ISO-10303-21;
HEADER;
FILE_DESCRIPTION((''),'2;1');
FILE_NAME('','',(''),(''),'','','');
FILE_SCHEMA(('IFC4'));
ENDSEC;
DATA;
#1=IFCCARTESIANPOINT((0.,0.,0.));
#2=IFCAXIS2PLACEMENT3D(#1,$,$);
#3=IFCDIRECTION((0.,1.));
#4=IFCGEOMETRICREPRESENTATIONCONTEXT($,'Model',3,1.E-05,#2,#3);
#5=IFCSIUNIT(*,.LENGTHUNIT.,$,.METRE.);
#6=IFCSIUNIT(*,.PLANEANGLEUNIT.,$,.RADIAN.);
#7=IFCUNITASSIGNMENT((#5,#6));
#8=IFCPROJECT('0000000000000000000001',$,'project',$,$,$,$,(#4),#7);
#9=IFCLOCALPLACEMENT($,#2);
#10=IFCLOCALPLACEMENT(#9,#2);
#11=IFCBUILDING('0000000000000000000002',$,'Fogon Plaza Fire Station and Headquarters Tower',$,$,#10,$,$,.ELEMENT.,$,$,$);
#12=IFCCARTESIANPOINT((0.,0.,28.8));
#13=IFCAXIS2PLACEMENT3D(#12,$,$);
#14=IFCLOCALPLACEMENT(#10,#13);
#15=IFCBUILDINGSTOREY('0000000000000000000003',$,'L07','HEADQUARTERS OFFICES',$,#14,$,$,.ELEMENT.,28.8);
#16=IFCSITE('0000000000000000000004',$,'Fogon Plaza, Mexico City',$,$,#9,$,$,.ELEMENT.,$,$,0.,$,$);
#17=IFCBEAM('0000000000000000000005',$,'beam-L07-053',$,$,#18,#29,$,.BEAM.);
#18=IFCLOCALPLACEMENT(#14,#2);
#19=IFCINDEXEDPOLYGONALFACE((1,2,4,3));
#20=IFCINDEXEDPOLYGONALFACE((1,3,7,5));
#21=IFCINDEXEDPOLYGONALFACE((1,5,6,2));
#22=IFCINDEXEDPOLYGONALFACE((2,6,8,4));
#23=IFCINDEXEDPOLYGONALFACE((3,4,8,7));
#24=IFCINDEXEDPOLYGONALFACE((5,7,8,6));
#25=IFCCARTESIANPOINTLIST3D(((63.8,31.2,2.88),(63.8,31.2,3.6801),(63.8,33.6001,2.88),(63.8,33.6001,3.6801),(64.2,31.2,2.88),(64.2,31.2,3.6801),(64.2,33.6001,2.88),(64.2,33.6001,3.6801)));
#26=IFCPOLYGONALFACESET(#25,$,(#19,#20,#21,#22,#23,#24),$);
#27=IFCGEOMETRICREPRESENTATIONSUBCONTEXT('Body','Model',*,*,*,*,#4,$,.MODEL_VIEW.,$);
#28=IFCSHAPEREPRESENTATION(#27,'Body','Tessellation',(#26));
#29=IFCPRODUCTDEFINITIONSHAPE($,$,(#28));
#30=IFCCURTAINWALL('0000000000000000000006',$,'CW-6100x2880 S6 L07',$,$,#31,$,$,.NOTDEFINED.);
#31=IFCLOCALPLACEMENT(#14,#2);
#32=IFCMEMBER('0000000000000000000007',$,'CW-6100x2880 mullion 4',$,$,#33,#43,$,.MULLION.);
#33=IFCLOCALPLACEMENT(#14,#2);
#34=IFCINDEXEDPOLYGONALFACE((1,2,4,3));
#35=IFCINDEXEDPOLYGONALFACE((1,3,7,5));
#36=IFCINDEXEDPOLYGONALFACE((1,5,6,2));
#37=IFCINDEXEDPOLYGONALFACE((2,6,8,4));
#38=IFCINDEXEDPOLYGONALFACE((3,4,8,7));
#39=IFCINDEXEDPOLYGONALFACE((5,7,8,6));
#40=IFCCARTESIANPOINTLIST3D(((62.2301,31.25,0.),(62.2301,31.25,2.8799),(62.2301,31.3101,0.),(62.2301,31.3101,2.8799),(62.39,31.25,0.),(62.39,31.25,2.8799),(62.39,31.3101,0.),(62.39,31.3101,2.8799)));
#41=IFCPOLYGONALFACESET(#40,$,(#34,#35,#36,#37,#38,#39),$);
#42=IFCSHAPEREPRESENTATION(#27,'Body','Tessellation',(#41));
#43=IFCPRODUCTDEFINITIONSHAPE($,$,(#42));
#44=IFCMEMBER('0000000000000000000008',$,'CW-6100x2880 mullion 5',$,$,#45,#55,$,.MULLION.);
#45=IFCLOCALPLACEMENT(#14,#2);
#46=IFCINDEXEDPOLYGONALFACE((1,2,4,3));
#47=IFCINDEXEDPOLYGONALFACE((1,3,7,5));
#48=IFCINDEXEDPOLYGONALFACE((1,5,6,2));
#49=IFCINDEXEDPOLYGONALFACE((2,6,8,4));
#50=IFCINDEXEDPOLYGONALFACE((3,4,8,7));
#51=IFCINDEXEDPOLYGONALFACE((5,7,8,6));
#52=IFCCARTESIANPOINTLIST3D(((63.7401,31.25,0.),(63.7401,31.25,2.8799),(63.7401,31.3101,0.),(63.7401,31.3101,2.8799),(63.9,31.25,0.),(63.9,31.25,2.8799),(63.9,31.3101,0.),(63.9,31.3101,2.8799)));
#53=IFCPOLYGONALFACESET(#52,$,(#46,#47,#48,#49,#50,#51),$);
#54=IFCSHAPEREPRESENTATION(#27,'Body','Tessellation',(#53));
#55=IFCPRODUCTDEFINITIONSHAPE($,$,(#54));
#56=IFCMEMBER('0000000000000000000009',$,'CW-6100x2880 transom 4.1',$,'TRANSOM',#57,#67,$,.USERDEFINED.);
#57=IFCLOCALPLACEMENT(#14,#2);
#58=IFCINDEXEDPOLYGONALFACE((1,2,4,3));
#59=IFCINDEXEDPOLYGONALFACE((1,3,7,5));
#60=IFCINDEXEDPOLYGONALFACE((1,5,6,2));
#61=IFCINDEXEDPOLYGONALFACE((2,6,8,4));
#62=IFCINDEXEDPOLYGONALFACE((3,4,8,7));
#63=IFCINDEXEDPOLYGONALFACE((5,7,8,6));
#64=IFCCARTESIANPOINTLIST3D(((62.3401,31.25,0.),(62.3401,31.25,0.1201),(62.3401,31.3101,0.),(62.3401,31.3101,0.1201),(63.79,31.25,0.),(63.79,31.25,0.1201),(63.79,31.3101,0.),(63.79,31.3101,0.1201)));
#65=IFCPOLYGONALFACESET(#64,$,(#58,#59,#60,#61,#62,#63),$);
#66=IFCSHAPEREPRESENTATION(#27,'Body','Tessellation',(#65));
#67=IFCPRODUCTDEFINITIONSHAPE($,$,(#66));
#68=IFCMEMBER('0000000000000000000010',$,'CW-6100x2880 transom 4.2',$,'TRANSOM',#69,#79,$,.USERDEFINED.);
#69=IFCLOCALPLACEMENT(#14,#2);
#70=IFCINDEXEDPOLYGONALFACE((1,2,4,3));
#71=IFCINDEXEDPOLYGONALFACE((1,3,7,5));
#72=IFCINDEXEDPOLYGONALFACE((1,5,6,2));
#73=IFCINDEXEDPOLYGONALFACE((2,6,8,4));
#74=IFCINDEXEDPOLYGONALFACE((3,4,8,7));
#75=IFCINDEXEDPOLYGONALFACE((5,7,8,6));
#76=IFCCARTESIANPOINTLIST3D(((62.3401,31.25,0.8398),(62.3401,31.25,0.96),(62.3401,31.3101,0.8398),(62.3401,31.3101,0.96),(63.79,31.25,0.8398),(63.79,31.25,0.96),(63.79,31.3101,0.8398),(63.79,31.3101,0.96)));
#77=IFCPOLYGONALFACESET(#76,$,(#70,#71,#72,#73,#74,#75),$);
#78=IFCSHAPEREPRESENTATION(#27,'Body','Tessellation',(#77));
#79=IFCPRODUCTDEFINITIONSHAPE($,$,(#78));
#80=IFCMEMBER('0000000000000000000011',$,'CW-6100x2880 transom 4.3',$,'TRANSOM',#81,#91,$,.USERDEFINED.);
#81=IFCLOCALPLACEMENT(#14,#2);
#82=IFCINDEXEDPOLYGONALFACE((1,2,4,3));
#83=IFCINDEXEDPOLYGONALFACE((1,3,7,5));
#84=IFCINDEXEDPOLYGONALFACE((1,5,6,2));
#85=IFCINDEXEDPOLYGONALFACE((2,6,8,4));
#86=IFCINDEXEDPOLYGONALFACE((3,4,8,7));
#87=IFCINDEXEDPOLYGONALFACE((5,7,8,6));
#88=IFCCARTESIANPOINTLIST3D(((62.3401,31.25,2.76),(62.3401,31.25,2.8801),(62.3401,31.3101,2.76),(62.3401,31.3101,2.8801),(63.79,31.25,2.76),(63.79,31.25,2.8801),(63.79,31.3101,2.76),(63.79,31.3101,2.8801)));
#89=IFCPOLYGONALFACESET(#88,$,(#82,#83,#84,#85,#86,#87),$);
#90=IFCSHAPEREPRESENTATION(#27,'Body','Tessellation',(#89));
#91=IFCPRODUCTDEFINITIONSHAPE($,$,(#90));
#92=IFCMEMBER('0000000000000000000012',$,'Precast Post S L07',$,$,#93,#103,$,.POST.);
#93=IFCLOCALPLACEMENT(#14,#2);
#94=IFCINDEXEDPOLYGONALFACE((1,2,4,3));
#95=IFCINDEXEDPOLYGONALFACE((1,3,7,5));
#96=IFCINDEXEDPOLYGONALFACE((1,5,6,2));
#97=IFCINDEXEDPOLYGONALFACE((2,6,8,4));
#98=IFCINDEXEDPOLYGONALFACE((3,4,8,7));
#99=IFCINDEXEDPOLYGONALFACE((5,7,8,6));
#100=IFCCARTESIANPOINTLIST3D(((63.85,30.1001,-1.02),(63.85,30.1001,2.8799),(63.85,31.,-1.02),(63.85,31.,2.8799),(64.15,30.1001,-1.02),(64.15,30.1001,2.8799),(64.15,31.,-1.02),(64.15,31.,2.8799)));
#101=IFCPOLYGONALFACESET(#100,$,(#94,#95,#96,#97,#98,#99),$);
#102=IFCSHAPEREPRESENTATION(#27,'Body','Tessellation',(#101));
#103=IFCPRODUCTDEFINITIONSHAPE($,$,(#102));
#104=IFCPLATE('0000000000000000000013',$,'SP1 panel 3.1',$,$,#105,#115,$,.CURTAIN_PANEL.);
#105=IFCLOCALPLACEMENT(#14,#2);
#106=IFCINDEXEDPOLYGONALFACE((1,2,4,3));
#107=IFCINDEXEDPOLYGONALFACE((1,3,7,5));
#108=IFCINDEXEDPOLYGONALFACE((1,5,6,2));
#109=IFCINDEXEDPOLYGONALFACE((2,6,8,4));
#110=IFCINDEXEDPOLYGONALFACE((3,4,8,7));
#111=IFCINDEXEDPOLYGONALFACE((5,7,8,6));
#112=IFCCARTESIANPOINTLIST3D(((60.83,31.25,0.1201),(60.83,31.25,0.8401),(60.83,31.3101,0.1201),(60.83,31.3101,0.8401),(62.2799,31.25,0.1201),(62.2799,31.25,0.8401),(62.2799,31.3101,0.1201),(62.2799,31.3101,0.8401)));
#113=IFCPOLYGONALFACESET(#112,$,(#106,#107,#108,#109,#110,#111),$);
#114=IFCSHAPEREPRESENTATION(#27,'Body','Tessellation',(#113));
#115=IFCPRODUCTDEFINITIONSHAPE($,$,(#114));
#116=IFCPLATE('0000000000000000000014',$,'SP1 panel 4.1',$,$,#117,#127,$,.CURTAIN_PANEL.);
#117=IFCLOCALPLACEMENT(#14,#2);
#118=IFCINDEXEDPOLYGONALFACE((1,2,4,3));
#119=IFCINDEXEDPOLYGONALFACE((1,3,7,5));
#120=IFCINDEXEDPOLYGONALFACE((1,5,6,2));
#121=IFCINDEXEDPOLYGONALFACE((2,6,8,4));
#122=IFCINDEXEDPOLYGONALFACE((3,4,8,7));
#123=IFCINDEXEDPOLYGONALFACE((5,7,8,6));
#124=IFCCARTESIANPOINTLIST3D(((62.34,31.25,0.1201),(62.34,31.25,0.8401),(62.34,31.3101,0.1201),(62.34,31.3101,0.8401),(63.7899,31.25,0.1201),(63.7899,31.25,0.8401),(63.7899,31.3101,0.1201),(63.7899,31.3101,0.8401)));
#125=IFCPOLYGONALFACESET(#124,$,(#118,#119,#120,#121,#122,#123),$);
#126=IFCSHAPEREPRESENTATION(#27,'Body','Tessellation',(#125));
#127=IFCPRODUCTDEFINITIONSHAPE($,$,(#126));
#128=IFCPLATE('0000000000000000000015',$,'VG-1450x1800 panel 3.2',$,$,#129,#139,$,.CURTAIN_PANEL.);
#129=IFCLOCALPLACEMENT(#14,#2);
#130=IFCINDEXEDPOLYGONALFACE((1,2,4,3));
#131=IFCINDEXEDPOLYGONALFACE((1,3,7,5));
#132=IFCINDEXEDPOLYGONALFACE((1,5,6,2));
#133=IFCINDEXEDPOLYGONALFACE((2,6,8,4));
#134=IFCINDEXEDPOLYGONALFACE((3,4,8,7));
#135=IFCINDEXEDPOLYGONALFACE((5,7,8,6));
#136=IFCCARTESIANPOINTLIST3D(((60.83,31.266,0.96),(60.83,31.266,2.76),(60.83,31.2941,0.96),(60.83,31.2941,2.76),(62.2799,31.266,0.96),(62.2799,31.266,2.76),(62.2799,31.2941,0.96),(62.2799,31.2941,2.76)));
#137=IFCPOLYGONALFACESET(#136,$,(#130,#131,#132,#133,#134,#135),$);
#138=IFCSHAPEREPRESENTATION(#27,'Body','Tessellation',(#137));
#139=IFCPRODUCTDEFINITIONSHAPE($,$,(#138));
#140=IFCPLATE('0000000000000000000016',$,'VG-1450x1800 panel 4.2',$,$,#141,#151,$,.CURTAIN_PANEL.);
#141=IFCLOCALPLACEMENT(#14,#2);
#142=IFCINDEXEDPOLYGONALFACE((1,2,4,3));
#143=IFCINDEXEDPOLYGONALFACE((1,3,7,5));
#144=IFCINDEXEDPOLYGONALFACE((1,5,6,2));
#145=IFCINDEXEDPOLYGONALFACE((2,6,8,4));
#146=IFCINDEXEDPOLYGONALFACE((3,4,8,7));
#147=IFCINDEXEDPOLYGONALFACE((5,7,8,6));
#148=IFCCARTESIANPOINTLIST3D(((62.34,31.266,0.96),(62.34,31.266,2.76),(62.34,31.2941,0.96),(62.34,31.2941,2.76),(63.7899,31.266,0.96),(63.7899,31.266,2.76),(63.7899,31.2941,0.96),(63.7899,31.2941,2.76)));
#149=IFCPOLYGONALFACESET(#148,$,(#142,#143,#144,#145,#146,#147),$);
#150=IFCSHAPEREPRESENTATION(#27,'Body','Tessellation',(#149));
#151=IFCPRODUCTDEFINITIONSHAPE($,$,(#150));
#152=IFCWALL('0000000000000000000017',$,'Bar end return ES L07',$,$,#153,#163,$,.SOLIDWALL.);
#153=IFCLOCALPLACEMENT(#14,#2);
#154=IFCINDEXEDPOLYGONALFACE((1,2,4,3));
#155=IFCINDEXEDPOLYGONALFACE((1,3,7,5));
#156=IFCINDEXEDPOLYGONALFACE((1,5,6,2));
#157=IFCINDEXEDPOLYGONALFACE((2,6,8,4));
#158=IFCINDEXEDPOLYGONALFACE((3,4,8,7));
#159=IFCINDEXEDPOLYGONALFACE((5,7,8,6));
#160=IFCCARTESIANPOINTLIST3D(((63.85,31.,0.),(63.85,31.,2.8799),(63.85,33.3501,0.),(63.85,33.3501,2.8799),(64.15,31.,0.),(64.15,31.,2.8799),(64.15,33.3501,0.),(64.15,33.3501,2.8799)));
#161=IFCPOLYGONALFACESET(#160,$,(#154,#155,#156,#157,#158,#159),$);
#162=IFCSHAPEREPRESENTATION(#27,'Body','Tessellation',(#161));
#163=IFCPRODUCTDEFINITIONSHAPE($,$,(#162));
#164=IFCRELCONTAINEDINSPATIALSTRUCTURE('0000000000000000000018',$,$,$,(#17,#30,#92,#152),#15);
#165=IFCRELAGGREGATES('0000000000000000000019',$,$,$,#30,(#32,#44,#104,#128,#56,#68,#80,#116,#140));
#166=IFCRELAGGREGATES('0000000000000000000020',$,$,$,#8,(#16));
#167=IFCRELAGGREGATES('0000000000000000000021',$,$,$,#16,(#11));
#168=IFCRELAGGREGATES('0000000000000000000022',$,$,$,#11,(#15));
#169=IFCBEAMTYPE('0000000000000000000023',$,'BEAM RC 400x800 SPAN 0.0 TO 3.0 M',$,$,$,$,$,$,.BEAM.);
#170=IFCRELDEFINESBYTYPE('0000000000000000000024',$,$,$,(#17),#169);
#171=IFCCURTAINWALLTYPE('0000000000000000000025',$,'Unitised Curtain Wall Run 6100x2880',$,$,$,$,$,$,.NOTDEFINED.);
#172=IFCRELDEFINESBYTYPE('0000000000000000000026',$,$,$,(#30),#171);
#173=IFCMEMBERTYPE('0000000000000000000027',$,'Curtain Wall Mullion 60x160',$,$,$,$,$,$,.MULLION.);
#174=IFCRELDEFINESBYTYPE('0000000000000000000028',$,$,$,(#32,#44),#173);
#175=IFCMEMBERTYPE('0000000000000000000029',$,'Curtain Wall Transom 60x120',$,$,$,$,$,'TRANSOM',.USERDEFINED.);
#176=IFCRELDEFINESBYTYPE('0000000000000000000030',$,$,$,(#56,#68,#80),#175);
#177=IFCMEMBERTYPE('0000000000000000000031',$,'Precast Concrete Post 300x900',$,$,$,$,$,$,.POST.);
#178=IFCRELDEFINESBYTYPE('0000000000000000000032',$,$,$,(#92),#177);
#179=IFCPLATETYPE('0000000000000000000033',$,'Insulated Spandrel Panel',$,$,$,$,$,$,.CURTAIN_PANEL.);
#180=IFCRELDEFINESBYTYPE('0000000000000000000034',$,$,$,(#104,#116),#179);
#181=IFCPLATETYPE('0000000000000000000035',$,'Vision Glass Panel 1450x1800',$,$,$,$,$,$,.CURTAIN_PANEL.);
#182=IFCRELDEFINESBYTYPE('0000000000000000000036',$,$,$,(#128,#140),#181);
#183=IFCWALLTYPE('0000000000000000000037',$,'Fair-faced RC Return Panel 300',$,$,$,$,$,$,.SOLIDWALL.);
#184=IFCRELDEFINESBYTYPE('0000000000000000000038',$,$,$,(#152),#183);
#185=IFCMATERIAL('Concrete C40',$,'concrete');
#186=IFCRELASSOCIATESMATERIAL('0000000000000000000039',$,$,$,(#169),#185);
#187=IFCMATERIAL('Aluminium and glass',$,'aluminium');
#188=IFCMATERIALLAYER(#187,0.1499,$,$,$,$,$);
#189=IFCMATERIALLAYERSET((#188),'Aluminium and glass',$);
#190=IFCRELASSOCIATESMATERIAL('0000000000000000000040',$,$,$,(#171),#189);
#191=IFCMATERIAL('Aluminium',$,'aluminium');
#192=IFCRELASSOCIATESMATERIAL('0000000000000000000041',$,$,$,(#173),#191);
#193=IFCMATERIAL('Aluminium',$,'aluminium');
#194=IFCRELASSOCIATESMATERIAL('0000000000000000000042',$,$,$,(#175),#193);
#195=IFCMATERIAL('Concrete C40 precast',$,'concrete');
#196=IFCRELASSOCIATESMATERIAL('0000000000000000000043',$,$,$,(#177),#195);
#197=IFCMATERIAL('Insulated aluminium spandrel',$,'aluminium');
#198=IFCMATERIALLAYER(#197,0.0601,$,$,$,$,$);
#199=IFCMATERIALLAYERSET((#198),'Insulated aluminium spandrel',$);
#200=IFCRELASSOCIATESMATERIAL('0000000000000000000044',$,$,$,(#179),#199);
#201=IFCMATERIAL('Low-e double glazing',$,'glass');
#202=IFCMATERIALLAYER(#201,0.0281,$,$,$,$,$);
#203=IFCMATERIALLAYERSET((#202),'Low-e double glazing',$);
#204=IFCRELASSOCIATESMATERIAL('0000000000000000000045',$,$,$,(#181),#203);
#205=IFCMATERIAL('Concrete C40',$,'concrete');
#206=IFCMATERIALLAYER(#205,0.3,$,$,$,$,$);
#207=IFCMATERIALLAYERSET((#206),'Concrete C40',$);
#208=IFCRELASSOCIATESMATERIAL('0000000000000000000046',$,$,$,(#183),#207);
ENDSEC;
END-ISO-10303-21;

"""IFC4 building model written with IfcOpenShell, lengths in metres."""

from ifc_helpers import new_model, si_unit, direction, frame, frame_2d, origin, origin_2d, place, context, subcontext, project, spatial, rectangle, extrude, material, layer, layer_set, material_profile, profile_set, type_object, element, aggregate, save


model = new_model("IFC4")

# Units and contexts
model_context = context("Model", 3, precision=1e-05, world=origin(), true_north=direction((0.0, 1.0)))
body_context = subcontext(model_context, "Body", "Model", "MODEL_VIEW")
ifc_project = project(units=[si_unit("LENGTHUNIT", "METRE"), si_unit("PLANEANGLEUNIT", "RADIAN")], contexts=[model_context])

# Site, building, storey
site_placement = place(None, origin())
site = spatial("IfcSite", under=ifc_project, at=site_placement, Name="Fogon Plaza, Mexico City", CompositionType="ELEMENT", RefElevation=0.0)
building_placement = place(site_placement, origin())
building = spatial("IfcBuilding", under=site, at=building_placement, Name="Fogon Plaza Fire Station and Headquarters Tower", CompositionType="ELEMENT")
storey_placement = place(building_placement, frame((0.0, 0.0, 28.8)))
storey = spatial("IfcBuildingStorey", under=building, at=storey_placement, Name="L07", Description="HEADQUARTERS OFFICES", CompositionType="ELEMENT", Elevation=28.8)

# Beam
ifc_material_1 = material(Name="Concrete C40", Category="concrete")
ifc_material_profile_1 = material_profile(ifc_material_1, rectangle(XDim=0.3999, YDim=0.8, at=origin_2d()), Name="RC 400x800")
ifc_profile_set_1 = profile_set([ifc_material_profile_1], Name="Concrete C40")
beam_type = type_object("IfcBeamType", Name="BEAM RC 400x800 SPAN 0.0 TO 3.0 M", PredefinedType="BEAM", material=ifc_profile_set_1)
beam_placement = place(storey_placement, frame((64.0, 31.2, 3.28), z_axis=(0.0, 1.0, 0.0), x_axis=(-1.0, 0.0, 0.0)))
element("IfcBeam", 1, at=beam_placement, inside=storey, type_object=beam_type, Name="beam-L07-053", PredefinedType="BEAM", context=body_context, shape_type="SweptSolid", body=[
    extrude(rectangle(XDim=0.3999, YDim=0.8, at=origin_2d()), origin(), (0.0, 0.0, 1.0), 2.4001),
])

# Curtain wall, members
ifc_material_2 = material(Name="Aluminium and glass", Category="aluminium")
ifc_layer_1 = layer(ifc_material_2, 0.1499)
ifc_layer_set_1 = layer_set([ifc_layer_1], Name="Aluminium and glass")
curtain_wall_type = type_object("IfcCurtainWallType", Name="Unitised Curtain Wall Run 6100x2880", PredefinedType="NOTDEFINED", material=ifc_layer_set_1)
curtain_wall_placement = place(storey_placement, origin())
curtain_wall = element("IfcCurtainWall", 2, at=curtain_wall_placement, inside=storey, type_object=curtain_wall_type, Name="CW-6100x2880 S6 L07", PredefinedType="NOTDEFINED")
ifc_material_3 = material(Name="Aluminium", Category="aluminium")
ifc_material_profile_2 = material_profile(ifc_material_3, rectangle(XDim=0.0601, YDim=0.1599, at=origin_2d()), Name="Curtain Wall Mullion 60x160")
ifc_profile_set_2 = profile_set([ifc_material_profile_2], Name="Aluminium")
member_type_1 = type_object("IfcMemberType", Name="Curtain Wall Mullion 60x160", PredefinedType="MULLION", material=ifc_profile_set_2)
member_1_placement = place(storey_placement, frame((62.3101, 31.28, 0.0), z_axis=(0.0, 0.0, 1.0), x_axis=(0.0, 1.0, 0.0)))
member_1 = element("IfcMember", 3, at=member_1_placement, type_object=member_type_1, Name="CW-6100x2880 mullion 4", PredefinedType="MULLION", context=body_context, shape_type="SweptSolid", body=[
    extrude(rectangle(XDim=0.0601, YDim=0.1599, at=origin_2d()), origin(), (0.0, 0.0, 1.0), 2.8799),
])
member_2_placement = place(storey_placement, frame((63.8201, 31.28, 0.0), z_axis=(0.0, 0.0, 1.0), x_axis=(0.0, 1.0, 0.0)))
member_2 = element("IfcMember", 4, at=member_2_placement, type_object=member_type_1, Name="CW-6100x2880 mullion 5", PredefinedType="MULLION", context=body_context, shape_type="SweptSolid", body=[
    extrude(rectangle(XDim=0.0601, YDim=0.1599, at=origin_2d()), origin(), (0.0, 0.0, 1.0), 2.8799),
])
ifc_material_4 = material(Name="Aluminium", Category="aluminium")
ifc_material_profile_3 = material_profile(ifc_material_4, rectangle(XDim=0.0601, YDim=0.1201, at=origin_2d()), Name="Curtain Wall Transom 60x120")
ifc_profile_set_3 = profile_set([ifc_material_profile_3], Name="Aluminium")
member_type_2 = type_object("IfcMemberType", Name="Curtain Wall Transom 60x120", ElementType="TRANSOM", PredefinedType="USERDEFINED", material=ifc_profile_set_3)
member_3_placement = place(storey_placement, frame((62.3401, 31.28, 0.0601), z_axis=(1.0, 0.0, 0.0), x_axis=(0.0, 1.0, 0.0)))
member_3 = element("IfcMember", 5, at=member_3_placement, type_object=member_type_2, Name="CW-6100x2880 transom 4.1", ObjectType="TRANSOM", PredefinedType="USERDEFINED", context=body_context, shape_type="SweptSolid", body=[
    extrude(rectangle(XDim=0.0601, YDim=0.1201, at=origin_2d()), origin(), (0.0, 0.0, 1.0), 1.45),
])
member_4_placement = place(storey_placement, frame((62.3401, 31.28, 0.8999), z_axis=(1.0, 0.0, 0.0), x_axis=(0.0, 1.0, 0.0)))
member_4 = element("IfcMember", 6, at=member_4_placement, type_object=member_type_2, Name="CW-6100x2880 transom 4.2", ObjectType="TRANSOM", PredefinedType="USERDEFINED", context=body_context, shape_type="SweptSolid", body=[
    extrude(rectangle(XDim=0.0601, YDim=0.1201, at=origin_2d()), origin(), (0.0, 0.0, 1.0), 1.45),
])
member_5_placement = place(storey_placement, frame((62.3401, 31.28, 2.8201), z_axis=(1.0, 0.0, 0.0), x_axis=(0.0, 1.0, 0.0)))
member_5 = element("IfcMember", 7, at=member_5_placement, type_object=member_type_2, Name="CW-6100x2880 transom 4.3", ObjectType="TRANSOM", PredefinedType="USERDEFINED", context=body_context, shape_type="SweptSolid", body=[
    extrude(rectangle(XDim=0.0601, YDim=0.1201, at=origin_2d()), origin(), (0.0, 0.0, 1.0), 1.45),
])

# Member
ifc_material_5 = material(Name="Concrete C40 precast", Category="concrete")
ifc_material_profile_4 = material_profile(ifc_material_5, rectangle(XDim=0.3, YDim=0.8999, at=origin_2d()), Name="Precast Concrete Post 300x900")
ifc_profile_set_4 = profile_set([ifc_material_profile_4], Name="Concrete C40 precast")
member_type_3 = type_object("IfcMemberType", Name="Precast Concrete Post 300x900", PredefinedType="POST", material=ifc_profile_set_4)
member_6_placement = place(storey_placement, frame((64.0, 30.55, -1.02), z_axis=(0.0, 0.0, 1.0), x_axis=(1.0, 0.0, 0.0)))
element("IfcMember", 8, at=member_6_placement, inside=storey, type_object=member_type_3, Name="Precast Post S L07", PredefinedType="POST", context=body_context, shape_type="SweptSolid", body=[
    extrude(rectangle(XDim=0.3, YDim=0.8999, at=origin_2d()), origin(), (0.0, 0.0, 1.0), 3.8999),
])

# Plates
ifc_material_6 = material(Name="Insulated aluminium spandrel", Category="aluminium")
ifc_layer_2 = layer(ifc_material_6, 0.0601)
ifc_layer_set_2 = layer_set([ifc_layer_2], Name="Insulated aluminium spandrel")
plate_type_1 = type_object("IfcPlateType", Name="Insulated Spandrel Panel", PredefinedType="CURTAIN_PANEL", material=ifc_layer_set_2)
plate_1_placement = place(storey_placement, frame((61.5549, 31.28, 0.1201), z_axis=(0.0, 0.0, 1.0), x_axis=(1.0, 0.0, 0.0)))
plate_1 = element("IfcPlate", 9, at=plate_1_placement, type_object=plate_type_1, Name="SP1 panel 3.1", PredefinedType="CURTAIN_PANEL", context=body_context, shape_type="SweptSolid", body=[
    extrude(rectangle(XDim=1.45, YDim=0.0601, at=origin_2d()), origin(), (0.0, 0.0, 1.0), 0.72),
])
plate_2_placement = place(storey_placement, frame((63.0649, 31.28, 0.1201), z_axis=(0.0, 0.0, 1.0), x_axis=(1.0, 0.0, 0.0)))
plate_2 = element("IfcPlate", 10, at=plate_2_placement, type_object=plate_type_1, Name="SP1 panel 4.1", PredefinedType="CURTAIN_PANEL", context=body_context, shape_type="SweptSolid", body=[
    extrude(rectangle(XDim=1.45, YDim=0.0601, at=origin_2d()), origin(), (0.0, 0.0, 1.0), 0.72),
])
ifc_material_7 = material(Name="Low-e double glazing", Category="glass")
ifc_layer_3 = layer(ifc_material_7, 0.0281)
ifc_layer_set_3 = layer_set([ifc_layer_3], Name="Low-e double glazing")
plate_type_2 = type_object("IfcPlateType", Name="Vision Glass Panel 1450x1800", PredefinedType="CURTAIN_PANEL", material=ifc_layer_set_3)
plate_3_placement = place(storey_placement, frame((61.5549, 31.28, 0.96), z_axis=(0.0, 0.0, 1.0), x_axis=(1.0, 0.0, 0.0)))
plate_3 = element("IfcPlate", 11, at=plate_3_placement, type_object=plate_type_2, Name="VG-1450x1800 panel 3.2", PredefinedType="CURTAIN_PANEL", context=body_context, shape_type="SweptSolid", body=[
    extrude(rectangle(XDim=1.45, YDim=0.0281, at=origin_2d()), origin(), (0.0, 0.0, 1.0), 1.8),
])
plate_4_placement = place(storey_placement, frame((63.0649, 31.28, 0.96), z_axis=(0.0, 0.0, 1.0), x_axis=(1.0, 0.0, 0.0)))
plate_4 = element("IfcPlate", 12, at=plate_4_placement, type_object=plate_type_2, Name="VG-1450x1800 panel 4.2", PredefinedType="CURTAIN_PANEL", context=body_context, shape_type="SweptSolid", body=[
    extrude(rectangle(XDim=1.45, YDim=0.0281, at=origin_2d()), origin(), (0.0, 0.0, 1.0), 1.8),
])
aggregate(curtain_wall, [member_1, member_2, plate_1, plate_3, member_3, member_4, member_5, plate_2, plate_4])

# Wall
ifc_material_8 = material(Name="Concrete C40", Category="concrete")
ifc_layer_4 = layer(ifc_material_8, 0.3)
ifc_layer_set_4 = layer_set([ifc_layer_4], Name="Concrete C40")
wall_type_1 = type_object("IfcWallType", Name="Fair-faced RC Return Panel 300", PredefinedType="SOLIDWALL", material=ifc_layer_set_4)
wall_1_placement = place(storey_placement, frame((64.0, 31.0, 0.0), z_axis=(0.0, 0.0, 1.0), x_axis=(0.0, 1.0, 0.0)))
element("IfcWall", 13, at=wall_1_placement, inside=storey, type_object=wall_type_1, Name="Bar end return ES L07", PredefinedType="SOLIDWALL", context=body_context, shape_type="SweptSolid", body=[
    extrude(rectangle(XDim=2.3501, YDim=0.3, at=frame_2d((1.175, 0.0))), origin(), (0.0, 0.0, 1.0), 2.8799),
])

save(model, "model.ifc")
